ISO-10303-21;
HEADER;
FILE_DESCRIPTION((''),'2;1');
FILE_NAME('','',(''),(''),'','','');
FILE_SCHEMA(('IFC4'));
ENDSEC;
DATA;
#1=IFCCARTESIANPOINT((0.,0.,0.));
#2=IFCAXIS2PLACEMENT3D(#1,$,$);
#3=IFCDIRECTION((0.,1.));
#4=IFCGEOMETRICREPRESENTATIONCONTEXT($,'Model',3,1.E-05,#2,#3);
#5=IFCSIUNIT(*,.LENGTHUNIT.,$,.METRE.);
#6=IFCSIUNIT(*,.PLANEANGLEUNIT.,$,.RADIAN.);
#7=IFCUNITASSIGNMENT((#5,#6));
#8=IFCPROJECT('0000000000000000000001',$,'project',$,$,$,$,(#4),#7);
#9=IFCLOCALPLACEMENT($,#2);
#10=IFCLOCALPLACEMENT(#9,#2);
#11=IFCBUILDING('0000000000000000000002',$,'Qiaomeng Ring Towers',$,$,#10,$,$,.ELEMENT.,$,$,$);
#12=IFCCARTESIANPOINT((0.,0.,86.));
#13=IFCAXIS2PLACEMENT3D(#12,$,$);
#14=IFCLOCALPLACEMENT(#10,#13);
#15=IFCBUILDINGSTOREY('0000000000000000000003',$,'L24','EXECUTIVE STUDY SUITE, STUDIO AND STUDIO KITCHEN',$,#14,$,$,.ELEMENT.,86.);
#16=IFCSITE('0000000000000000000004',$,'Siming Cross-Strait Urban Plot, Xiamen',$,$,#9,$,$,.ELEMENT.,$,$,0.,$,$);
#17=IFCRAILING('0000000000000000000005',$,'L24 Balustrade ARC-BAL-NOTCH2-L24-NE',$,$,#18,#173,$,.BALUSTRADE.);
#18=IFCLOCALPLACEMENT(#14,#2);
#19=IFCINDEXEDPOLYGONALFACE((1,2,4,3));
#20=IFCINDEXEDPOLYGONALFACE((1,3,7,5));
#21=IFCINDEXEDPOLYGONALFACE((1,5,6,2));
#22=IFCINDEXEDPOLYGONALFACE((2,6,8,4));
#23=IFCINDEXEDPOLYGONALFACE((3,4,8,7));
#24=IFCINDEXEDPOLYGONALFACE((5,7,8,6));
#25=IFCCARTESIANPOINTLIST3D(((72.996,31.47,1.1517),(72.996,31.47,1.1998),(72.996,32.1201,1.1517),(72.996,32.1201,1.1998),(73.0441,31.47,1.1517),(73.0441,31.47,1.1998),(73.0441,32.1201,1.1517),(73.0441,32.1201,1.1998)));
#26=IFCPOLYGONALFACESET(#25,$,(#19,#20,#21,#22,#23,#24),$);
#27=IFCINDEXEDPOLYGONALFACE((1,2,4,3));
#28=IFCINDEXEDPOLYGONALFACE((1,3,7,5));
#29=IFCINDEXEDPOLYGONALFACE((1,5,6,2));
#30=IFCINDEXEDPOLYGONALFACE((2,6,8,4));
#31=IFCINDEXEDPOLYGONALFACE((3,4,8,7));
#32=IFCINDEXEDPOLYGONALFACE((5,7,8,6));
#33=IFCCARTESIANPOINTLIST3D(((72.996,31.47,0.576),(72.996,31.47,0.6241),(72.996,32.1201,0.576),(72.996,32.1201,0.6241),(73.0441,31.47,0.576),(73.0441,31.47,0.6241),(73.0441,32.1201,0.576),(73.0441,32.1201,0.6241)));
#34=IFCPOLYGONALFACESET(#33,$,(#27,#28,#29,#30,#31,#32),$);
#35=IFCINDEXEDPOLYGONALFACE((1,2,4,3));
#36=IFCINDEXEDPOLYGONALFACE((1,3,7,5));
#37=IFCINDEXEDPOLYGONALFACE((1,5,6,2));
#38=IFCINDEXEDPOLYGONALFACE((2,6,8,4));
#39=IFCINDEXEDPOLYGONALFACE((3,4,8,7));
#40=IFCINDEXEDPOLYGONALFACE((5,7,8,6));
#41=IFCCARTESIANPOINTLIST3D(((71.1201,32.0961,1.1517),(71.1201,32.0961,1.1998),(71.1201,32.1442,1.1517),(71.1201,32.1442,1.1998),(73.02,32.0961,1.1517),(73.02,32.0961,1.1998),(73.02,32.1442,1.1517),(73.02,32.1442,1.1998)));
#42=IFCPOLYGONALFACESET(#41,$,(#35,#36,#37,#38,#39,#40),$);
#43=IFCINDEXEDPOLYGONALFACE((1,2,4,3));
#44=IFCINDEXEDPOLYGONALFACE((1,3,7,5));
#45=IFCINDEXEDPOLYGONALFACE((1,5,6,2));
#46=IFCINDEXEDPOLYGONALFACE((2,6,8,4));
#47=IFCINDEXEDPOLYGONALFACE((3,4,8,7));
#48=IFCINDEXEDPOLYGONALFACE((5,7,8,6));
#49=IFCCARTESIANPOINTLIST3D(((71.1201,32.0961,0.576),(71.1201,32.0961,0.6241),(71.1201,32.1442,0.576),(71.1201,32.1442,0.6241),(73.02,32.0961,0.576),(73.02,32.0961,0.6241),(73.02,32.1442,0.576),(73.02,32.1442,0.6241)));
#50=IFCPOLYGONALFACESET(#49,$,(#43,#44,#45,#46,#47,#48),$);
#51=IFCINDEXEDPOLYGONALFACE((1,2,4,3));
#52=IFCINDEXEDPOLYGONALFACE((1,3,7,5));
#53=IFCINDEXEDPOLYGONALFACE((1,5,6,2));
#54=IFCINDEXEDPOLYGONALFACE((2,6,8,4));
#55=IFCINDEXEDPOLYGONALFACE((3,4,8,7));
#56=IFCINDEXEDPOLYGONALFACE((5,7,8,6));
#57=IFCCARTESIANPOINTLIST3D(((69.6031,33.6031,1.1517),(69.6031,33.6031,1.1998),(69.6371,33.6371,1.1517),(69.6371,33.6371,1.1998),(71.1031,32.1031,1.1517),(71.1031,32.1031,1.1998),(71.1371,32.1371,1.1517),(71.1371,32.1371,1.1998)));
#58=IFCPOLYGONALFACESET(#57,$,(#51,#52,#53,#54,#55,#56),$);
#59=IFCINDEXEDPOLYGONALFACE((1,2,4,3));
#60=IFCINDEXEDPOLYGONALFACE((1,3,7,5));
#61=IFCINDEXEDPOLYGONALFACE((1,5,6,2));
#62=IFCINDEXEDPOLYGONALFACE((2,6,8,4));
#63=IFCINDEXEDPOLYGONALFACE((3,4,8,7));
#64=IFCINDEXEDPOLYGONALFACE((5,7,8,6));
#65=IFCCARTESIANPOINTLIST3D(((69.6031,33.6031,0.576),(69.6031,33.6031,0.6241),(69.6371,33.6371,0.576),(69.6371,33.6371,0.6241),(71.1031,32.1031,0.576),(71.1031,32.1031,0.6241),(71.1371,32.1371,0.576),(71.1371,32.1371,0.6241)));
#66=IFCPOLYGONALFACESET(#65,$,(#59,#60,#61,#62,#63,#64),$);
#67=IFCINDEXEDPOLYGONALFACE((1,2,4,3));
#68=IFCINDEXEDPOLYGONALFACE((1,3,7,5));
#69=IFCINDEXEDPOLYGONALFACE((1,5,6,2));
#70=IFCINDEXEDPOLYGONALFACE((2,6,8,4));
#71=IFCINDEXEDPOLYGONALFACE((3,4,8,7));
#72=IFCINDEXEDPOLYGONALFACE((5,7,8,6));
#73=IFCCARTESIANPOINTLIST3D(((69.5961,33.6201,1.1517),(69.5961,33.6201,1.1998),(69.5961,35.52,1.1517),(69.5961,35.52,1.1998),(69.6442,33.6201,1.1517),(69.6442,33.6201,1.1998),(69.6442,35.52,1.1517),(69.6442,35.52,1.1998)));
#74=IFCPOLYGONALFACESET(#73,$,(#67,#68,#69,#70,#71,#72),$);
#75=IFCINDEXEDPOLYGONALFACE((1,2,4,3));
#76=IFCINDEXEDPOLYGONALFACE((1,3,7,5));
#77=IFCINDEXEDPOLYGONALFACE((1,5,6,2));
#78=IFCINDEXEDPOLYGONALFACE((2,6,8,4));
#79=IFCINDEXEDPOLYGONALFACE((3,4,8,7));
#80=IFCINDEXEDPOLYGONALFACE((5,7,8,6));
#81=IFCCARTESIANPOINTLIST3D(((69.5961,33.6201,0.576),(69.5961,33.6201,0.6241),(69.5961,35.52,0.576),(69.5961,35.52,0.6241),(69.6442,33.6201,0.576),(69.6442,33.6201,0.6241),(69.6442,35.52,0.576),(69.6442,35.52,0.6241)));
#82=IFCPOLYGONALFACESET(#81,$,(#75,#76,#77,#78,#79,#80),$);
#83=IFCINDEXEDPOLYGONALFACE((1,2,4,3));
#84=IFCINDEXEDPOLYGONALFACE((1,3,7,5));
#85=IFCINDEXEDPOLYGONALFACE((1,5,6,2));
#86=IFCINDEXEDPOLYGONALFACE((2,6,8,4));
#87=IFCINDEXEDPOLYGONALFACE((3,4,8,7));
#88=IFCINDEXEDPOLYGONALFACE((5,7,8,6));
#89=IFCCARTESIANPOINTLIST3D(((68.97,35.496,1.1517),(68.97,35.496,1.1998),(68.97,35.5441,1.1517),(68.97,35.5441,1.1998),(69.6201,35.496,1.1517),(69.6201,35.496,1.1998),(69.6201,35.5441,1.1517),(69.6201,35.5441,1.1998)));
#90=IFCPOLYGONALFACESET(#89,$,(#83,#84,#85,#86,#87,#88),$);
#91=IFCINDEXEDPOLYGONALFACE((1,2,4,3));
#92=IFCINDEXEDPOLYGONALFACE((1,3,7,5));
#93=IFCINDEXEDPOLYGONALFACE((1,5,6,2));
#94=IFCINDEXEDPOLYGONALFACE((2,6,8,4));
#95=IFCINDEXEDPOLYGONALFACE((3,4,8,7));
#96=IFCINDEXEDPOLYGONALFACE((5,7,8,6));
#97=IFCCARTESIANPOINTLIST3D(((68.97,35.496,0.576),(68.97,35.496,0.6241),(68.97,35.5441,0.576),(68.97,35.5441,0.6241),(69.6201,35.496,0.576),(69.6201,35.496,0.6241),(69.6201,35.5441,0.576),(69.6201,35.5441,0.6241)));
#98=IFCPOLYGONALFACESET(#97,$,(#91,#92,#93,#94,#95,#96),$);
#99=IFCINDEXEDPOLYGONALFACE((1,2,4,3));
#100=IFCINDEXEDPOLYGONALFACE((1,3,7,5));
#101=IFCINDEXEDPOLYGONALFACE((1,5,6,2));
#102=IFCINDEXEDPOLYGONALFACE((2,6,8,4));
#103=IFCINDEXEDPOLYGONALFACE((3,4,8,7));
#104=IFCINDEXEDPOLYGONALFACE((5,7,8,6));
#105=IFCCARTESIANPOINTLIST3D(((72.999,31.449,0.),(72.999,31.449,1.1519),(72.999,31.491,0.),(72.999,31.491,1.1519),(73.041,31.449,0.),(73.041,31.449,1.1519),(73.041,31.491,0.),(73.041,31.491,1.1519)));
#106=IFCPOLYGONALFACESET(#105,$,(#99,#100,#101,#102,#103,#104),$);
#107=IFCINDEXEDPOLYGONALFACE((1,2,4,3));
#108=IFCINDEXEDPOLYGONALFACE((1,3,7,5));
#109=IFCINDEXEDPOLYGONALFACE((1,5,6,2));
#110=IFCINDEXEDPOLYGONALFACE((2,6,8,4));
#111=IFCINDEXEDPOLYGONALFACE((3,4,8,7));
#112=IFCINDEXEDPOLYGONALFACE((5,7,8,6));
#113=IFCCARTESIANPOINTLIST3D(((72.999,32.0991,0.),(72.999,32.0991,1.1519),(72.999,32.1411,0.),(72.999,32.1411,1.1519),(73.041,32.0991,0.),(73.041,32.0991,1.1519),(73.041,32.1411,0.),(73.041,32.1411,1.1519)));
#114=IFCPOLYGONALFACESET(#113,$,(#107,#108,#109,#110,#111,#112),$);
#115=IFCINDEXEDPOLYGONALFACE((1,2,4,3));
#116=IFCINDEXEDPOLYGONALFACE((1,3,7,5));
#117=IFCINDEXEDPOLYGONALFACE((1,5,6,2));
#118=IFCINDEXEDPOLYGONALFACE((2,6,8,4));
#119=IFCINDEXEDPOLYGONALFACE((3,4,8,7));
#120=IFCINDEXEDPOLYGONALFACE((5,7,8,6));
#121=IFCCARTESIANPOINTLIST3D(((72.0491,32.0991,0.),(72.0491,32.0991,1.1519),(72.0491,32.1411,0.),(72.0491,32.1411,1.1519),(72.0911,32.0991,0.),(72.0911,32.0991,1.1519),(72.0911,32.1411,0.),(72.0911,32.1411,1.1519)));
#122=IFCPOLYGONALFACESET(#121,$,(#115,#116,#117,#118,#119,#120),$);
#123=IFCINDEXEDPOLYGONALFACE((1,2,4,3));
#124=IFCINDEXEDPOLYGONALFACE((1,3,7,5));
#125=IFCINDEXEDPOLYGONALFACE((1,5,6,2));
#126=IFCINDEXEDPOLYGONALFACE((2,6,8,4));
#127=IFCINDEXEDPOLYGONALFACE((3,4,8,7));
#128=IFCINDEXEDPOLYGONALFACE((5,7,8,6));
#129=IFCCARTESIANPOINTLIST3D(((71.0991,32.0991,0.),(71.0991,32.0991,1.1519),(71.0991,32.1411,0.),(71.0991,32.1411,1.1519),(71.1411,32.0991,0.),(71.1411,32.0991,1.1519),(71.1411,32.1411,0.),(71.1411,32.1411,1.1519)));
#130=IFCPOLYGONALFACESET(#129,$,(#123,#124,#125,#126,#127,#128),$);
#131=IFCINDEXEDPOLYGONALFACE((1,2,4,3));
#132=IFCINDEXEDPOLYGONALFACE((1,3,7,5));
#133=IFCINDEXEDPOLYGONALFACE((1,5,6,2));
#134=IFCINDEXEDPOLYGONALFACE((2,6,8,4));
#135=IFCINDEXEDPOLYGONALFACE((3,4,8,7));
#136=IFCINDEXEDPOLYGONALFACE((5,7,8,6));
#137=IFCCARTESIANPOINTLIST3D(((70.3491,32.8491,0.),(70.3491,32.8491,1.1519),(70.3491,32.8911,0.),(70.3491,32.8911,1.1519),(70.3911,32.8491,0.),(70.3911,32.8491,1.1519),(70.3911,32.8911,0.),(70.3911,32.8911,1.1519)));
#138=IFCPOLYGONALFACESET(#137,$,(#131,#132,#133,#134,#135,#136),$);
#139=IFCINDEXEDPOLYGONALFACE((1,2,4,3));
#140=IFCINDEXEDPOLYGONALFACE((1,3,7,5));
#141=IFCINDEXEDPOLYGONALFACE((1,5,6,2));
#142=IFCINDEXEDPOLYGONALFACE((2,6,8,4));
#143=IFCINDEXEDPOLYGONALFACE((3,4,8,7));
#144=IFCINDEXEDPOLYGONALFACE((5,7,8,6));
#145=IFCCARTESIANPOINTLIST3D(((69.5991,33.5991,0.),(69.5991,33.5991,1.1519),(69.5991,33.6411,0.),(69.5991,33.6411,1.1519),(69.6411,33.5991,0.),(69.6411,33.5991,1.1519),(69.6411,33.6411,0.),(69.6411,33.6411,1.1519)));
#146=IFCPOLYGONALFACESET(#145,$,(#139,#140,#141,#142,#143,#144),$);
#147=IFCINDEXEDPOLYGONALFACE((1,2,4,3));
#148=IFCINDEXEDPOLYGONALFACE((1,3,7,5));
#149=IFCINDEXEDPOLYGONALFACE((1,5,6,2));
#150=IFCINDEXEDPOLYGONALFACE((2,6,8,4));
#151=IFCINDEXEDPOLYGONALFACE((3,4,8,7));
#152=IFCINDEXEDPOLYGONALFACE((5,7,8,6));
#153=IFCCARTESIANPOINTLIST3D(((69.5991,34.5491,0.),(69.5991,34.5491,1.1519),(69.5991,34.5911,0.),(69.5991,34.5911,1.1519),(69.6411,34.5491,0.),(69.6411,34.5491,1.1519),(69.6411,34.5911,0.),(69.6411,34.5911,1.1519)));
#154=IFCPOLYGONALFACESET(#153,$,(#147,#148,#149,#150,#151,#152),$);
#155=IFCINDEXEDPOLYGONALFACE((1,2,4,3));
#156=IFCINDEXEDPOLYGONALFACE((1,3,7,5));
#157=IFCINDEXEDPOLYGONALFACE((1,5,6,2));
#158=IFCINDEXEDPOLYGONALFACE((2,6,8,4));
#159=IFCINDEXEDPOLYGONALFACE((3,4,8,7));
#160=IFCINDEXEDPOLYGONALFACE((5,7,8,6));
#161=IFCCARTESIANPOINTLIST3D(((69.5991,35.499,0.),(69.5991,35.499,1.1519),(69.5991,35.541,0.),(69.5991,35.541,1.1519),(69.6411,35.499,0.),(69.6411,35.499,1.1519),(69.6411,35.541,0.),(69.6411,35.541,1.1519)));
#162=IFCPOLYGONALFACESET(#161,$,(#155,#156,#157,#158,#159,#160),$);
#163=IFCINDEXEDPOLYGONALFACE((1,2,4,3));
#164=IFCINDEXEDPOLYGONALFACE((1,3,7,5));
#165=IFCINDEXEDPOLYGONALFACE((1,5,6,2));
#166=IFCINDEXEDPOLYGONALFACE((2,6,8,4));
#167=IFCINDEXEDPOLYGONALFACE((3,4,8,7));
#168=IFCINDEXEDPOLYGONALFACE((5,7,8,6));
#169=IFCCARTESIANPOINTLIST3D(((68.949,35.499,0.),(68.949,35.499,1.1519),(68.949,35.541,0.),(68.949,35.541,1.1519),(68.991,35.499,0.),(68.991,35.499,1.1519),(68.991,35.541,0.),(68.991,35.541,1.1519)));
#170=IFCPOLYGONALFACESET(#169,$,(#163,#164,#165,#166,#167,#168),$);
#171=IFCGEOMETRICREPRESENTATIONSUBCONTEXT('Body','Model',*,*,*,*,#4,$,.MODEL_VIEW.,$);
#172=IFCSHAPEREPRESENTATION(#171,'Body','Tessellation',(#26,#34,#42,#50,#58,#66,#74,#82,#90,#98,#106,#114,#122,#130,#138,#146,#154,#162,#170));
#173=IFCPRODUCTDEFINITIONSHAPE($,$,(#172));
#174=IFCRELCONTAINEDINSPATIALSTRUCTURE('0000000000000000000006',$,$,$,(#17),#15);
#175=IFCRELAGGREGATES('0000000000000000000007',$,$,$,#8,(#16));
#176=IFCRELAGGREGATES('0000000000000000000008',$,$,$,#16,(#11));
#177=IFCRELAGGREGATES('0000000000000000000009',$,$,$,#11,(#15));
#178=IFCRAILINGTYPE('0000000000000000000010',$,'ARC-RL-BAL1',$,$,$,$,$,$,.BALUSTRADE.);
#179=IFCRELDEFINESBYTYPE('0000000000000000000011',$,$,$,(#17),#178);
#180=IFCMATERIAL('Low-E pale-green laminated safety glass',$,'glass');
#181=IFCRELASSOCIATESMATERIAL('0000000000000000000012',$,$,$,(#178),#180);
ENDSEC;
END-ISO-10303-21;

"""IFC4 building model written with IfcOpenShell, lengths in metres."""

from ifc_helpers import new_model, si_unit, direction, frame, origin, origin_2d, place, context, subcontext, project, spatial, rectangle, extrude, material, type_object, element, save


model = new_model("IFC4")

# Units and contexts
model_context = context("Model", 3, precision=1e-05, world=origin(), true_north=direction((0.0, 1.0)))
body_context = subcontext(model_context, "Body", "Model", "MODEL_VIEW")
ifc_project = project(units=[si_unit("LENGTHUNIT", "METRE"), si_unit("PLANEANGLEUNIT", "RADIAN")], contexts=[model_context])

# Site, building, storey
site_placement = place(None, origin())
site = spatial("IfcSite", under=ifc_project, at=site_placement, Name="Siming Cross-Strait Urban Plot, Xiamen", CompositionType="ELEMENT", RefElevation=0.0)
building_placement = place(site_placement, origin())
building = spatial("IfcBuilding", under=site, at=building_placement, Name="Qiaomeng Ring Towers", CompositionType="ELEMENT")
storey_placement = place(building_placement, frame((0.0, 0.0, 86.0)))
storey = spatial("IfcBuildingStorey", under=building, at=storey_placement, Name="L24", Description="EXECUTIVE STUDY SUITE, STUDIO AND STUDIO KITCHEN", CompositionType="ELEMENT", Elevation=86.0)

# Railing
ifc_material_1 = material(Name="Low-E pale-green laminated safety glass", Category="glass")
railing_type = type_object("IfcRailingType", Name="ARC-RL-BAL1", PredefinedType="BALUSTRADE", material=ifc_material_1)
railing_1_placement = place(storey_placement, frame((73.02, 31.47, 0.0)))
element("IfcRailing", 1, at=railing_1_placement, inside=storey, type_object=railing_type, Name="L24 Balustrade ARC-BAL-NOTCH2-L24-NE", PredefinedType="BALUSTRADE", context=body_context, shape_type="SweptSolid", body=[
    extrude(rectangle(XDim=0.0481, YDim=0.0481, at=origin_2d()), frame((0.0, 0.0, 1.1758), z_axis=(0.0, 1.0, 0.0), x_axis=(-1.0, 0.0, 0.0)), (0.0, 0.0, 1.0), 0.6501),
    extrude(rectangle(XDim=0.0481, YDim=0.0481, at=origin_2d()), frame((0.0, 0.0, 0.6001), z_axis=(0.0, 1.0, 0.0), x_axis=(-1.0, 0.0, 0.0)), (0.0, 0.0, 1.0), 0.6501),
    extrude(rectangle(XDim=0.0481, YDim=0.0481, at=origin_2d()), frame((0.0, 0.6501, 1.1758), z_axis=(-1.0, 0.0, 0.0), x_axis=(0.0, -1.0, 0.0)), (0.0, 0.0, 1.0), 1.8999),
    extrude(rectangle(XDim=0.0481, YDim=0.0481, at=origin_2d()), frame((0.0, 0.6501, 0.6001), z_axis=(-1.0, 0.0, 0.0), x_axis=(0.0, -1.0, 0.0)), (0.0, 0.0, 1.0), 1.8999),
    extrude(rectangle(XDim=0.0481, YDim=0.0481, at=origin_2d()), frame((-1.8999, 0.6501, 1.1758), z_axis=(-0.707107, 0.707107, 0.0), x_axis=(-0.707107, -0.707107, 0.0)), (0.0, 0.0, 1.0), 2.1213),
    extrude(rectangle(XDim=0.0481, YDim=0.0481, at=origin_2d()), frame((-1.8999, 0.6501, 0.6001), z_axis=(-0.707107, 0.707107, 0.0), x_axis=(-0.707107, -0.707107, 0.0)), (0.0, 0.0, 1.0), 2.1213),
    extrude(rectangle(XDim=0.0481, YDim=0.0481, at=origin_2d()), frame((-3.3999, 2.1501, 1.1758), z_axis=(0.0, 1.0, 0.0), x_axis=(-1.0, 0.0, 0.0)), (0.0, 0.0, 1.0), 1.8999),
    extrude(rectangle(XDim=0.0481, YDim=0.0481, at=origin_2d()), frame((-3.3999, 2.1501, 0.6001), z_axis=(0.0, 1.0, 0.0), x_axis=(-1.0, 0.0, 0.0)), (0.0, 0.0, 1.0), 1.8999),
    extrude(rectangle(XDim=0.0481, YDim=0.0481, at=origin_2d()), frame((-3.3999, 4.05, 1.1758), z_axis=(-1.0, 0.0, 0.0), x_axis=(0.0, -1.0, 0.0)), (0.0, 0.0, 1.0), 0.6501),
    extrude(rectangle(XDim=0.0481, YDim=0.0481, at=origin_2d()), frame((-3.3999, 4.05, 0.6001), z_axis=(-1.0, 0.0, 0.0), x_axis=(0.0, -1.0, 0.0)), (0.0, 0.0, 1.0), 0.6501),
    extrude(rectangle(XDim=0.042, YDim=0.042, at=origin_2d()), origin(), (0.0, 0.0, 1.0), 1.1519),
    extrude(rectangle(XDim=0.042, YDim=0.042, at=origin_2d()), frame((0.0, 0.6501, 0.0)), (0.0, 0.0, 1.0), 1.1519),
    extrude(rectangle(XDim=0.042, YDim=0.042, at=origin_2d()), frame((-0.95, 0.6501, 0.0)), (0.0, 0.0, 1.0), 1.1519),
    extrude(rectangle(XDim=0.042, YDim=0.042, at=origin_2d()), frame((-1.8999, 0.6501, 0.0)), (0.0, 0.0, 1.0), 1.1519),
    extrude(rectangle(XDim=0.042, YDim=0.042, at=origin_2d()), frame((-2.6499, 1.4001, 0.0)), (0.0, 0.0, 1.0), 1.1519),
    extrude(rectangle(XDim=0.042, YDim=0.042, at=origin_2d()), frame((-3.3999, 2.1501, 0.0)), (0.0, 0.0, 1.0), 1.1519),
    extrude(rectangle(XDim=0.042, YDim=0.042, at=origin_2d()), frame((-3.3999, 3.1001, 0.0)), (0.0, 0.0, 1.0), 1.1519),
    extrude(rectangle(XDim=0.042, YDim=0.042, at=origin_2d()), frame((-3.3999, 4.05, 0.0)), (0.0, 0.0, 1.0), 1.1519),
    extrude(rectangle(XDim=0.042, YDim=0.042, at=origin_2d()), frame((-4.05, 4.05, 0.0)), (0.0, 0.0, 1.0), 1.1519),
])

save(model, "model.ifc")
